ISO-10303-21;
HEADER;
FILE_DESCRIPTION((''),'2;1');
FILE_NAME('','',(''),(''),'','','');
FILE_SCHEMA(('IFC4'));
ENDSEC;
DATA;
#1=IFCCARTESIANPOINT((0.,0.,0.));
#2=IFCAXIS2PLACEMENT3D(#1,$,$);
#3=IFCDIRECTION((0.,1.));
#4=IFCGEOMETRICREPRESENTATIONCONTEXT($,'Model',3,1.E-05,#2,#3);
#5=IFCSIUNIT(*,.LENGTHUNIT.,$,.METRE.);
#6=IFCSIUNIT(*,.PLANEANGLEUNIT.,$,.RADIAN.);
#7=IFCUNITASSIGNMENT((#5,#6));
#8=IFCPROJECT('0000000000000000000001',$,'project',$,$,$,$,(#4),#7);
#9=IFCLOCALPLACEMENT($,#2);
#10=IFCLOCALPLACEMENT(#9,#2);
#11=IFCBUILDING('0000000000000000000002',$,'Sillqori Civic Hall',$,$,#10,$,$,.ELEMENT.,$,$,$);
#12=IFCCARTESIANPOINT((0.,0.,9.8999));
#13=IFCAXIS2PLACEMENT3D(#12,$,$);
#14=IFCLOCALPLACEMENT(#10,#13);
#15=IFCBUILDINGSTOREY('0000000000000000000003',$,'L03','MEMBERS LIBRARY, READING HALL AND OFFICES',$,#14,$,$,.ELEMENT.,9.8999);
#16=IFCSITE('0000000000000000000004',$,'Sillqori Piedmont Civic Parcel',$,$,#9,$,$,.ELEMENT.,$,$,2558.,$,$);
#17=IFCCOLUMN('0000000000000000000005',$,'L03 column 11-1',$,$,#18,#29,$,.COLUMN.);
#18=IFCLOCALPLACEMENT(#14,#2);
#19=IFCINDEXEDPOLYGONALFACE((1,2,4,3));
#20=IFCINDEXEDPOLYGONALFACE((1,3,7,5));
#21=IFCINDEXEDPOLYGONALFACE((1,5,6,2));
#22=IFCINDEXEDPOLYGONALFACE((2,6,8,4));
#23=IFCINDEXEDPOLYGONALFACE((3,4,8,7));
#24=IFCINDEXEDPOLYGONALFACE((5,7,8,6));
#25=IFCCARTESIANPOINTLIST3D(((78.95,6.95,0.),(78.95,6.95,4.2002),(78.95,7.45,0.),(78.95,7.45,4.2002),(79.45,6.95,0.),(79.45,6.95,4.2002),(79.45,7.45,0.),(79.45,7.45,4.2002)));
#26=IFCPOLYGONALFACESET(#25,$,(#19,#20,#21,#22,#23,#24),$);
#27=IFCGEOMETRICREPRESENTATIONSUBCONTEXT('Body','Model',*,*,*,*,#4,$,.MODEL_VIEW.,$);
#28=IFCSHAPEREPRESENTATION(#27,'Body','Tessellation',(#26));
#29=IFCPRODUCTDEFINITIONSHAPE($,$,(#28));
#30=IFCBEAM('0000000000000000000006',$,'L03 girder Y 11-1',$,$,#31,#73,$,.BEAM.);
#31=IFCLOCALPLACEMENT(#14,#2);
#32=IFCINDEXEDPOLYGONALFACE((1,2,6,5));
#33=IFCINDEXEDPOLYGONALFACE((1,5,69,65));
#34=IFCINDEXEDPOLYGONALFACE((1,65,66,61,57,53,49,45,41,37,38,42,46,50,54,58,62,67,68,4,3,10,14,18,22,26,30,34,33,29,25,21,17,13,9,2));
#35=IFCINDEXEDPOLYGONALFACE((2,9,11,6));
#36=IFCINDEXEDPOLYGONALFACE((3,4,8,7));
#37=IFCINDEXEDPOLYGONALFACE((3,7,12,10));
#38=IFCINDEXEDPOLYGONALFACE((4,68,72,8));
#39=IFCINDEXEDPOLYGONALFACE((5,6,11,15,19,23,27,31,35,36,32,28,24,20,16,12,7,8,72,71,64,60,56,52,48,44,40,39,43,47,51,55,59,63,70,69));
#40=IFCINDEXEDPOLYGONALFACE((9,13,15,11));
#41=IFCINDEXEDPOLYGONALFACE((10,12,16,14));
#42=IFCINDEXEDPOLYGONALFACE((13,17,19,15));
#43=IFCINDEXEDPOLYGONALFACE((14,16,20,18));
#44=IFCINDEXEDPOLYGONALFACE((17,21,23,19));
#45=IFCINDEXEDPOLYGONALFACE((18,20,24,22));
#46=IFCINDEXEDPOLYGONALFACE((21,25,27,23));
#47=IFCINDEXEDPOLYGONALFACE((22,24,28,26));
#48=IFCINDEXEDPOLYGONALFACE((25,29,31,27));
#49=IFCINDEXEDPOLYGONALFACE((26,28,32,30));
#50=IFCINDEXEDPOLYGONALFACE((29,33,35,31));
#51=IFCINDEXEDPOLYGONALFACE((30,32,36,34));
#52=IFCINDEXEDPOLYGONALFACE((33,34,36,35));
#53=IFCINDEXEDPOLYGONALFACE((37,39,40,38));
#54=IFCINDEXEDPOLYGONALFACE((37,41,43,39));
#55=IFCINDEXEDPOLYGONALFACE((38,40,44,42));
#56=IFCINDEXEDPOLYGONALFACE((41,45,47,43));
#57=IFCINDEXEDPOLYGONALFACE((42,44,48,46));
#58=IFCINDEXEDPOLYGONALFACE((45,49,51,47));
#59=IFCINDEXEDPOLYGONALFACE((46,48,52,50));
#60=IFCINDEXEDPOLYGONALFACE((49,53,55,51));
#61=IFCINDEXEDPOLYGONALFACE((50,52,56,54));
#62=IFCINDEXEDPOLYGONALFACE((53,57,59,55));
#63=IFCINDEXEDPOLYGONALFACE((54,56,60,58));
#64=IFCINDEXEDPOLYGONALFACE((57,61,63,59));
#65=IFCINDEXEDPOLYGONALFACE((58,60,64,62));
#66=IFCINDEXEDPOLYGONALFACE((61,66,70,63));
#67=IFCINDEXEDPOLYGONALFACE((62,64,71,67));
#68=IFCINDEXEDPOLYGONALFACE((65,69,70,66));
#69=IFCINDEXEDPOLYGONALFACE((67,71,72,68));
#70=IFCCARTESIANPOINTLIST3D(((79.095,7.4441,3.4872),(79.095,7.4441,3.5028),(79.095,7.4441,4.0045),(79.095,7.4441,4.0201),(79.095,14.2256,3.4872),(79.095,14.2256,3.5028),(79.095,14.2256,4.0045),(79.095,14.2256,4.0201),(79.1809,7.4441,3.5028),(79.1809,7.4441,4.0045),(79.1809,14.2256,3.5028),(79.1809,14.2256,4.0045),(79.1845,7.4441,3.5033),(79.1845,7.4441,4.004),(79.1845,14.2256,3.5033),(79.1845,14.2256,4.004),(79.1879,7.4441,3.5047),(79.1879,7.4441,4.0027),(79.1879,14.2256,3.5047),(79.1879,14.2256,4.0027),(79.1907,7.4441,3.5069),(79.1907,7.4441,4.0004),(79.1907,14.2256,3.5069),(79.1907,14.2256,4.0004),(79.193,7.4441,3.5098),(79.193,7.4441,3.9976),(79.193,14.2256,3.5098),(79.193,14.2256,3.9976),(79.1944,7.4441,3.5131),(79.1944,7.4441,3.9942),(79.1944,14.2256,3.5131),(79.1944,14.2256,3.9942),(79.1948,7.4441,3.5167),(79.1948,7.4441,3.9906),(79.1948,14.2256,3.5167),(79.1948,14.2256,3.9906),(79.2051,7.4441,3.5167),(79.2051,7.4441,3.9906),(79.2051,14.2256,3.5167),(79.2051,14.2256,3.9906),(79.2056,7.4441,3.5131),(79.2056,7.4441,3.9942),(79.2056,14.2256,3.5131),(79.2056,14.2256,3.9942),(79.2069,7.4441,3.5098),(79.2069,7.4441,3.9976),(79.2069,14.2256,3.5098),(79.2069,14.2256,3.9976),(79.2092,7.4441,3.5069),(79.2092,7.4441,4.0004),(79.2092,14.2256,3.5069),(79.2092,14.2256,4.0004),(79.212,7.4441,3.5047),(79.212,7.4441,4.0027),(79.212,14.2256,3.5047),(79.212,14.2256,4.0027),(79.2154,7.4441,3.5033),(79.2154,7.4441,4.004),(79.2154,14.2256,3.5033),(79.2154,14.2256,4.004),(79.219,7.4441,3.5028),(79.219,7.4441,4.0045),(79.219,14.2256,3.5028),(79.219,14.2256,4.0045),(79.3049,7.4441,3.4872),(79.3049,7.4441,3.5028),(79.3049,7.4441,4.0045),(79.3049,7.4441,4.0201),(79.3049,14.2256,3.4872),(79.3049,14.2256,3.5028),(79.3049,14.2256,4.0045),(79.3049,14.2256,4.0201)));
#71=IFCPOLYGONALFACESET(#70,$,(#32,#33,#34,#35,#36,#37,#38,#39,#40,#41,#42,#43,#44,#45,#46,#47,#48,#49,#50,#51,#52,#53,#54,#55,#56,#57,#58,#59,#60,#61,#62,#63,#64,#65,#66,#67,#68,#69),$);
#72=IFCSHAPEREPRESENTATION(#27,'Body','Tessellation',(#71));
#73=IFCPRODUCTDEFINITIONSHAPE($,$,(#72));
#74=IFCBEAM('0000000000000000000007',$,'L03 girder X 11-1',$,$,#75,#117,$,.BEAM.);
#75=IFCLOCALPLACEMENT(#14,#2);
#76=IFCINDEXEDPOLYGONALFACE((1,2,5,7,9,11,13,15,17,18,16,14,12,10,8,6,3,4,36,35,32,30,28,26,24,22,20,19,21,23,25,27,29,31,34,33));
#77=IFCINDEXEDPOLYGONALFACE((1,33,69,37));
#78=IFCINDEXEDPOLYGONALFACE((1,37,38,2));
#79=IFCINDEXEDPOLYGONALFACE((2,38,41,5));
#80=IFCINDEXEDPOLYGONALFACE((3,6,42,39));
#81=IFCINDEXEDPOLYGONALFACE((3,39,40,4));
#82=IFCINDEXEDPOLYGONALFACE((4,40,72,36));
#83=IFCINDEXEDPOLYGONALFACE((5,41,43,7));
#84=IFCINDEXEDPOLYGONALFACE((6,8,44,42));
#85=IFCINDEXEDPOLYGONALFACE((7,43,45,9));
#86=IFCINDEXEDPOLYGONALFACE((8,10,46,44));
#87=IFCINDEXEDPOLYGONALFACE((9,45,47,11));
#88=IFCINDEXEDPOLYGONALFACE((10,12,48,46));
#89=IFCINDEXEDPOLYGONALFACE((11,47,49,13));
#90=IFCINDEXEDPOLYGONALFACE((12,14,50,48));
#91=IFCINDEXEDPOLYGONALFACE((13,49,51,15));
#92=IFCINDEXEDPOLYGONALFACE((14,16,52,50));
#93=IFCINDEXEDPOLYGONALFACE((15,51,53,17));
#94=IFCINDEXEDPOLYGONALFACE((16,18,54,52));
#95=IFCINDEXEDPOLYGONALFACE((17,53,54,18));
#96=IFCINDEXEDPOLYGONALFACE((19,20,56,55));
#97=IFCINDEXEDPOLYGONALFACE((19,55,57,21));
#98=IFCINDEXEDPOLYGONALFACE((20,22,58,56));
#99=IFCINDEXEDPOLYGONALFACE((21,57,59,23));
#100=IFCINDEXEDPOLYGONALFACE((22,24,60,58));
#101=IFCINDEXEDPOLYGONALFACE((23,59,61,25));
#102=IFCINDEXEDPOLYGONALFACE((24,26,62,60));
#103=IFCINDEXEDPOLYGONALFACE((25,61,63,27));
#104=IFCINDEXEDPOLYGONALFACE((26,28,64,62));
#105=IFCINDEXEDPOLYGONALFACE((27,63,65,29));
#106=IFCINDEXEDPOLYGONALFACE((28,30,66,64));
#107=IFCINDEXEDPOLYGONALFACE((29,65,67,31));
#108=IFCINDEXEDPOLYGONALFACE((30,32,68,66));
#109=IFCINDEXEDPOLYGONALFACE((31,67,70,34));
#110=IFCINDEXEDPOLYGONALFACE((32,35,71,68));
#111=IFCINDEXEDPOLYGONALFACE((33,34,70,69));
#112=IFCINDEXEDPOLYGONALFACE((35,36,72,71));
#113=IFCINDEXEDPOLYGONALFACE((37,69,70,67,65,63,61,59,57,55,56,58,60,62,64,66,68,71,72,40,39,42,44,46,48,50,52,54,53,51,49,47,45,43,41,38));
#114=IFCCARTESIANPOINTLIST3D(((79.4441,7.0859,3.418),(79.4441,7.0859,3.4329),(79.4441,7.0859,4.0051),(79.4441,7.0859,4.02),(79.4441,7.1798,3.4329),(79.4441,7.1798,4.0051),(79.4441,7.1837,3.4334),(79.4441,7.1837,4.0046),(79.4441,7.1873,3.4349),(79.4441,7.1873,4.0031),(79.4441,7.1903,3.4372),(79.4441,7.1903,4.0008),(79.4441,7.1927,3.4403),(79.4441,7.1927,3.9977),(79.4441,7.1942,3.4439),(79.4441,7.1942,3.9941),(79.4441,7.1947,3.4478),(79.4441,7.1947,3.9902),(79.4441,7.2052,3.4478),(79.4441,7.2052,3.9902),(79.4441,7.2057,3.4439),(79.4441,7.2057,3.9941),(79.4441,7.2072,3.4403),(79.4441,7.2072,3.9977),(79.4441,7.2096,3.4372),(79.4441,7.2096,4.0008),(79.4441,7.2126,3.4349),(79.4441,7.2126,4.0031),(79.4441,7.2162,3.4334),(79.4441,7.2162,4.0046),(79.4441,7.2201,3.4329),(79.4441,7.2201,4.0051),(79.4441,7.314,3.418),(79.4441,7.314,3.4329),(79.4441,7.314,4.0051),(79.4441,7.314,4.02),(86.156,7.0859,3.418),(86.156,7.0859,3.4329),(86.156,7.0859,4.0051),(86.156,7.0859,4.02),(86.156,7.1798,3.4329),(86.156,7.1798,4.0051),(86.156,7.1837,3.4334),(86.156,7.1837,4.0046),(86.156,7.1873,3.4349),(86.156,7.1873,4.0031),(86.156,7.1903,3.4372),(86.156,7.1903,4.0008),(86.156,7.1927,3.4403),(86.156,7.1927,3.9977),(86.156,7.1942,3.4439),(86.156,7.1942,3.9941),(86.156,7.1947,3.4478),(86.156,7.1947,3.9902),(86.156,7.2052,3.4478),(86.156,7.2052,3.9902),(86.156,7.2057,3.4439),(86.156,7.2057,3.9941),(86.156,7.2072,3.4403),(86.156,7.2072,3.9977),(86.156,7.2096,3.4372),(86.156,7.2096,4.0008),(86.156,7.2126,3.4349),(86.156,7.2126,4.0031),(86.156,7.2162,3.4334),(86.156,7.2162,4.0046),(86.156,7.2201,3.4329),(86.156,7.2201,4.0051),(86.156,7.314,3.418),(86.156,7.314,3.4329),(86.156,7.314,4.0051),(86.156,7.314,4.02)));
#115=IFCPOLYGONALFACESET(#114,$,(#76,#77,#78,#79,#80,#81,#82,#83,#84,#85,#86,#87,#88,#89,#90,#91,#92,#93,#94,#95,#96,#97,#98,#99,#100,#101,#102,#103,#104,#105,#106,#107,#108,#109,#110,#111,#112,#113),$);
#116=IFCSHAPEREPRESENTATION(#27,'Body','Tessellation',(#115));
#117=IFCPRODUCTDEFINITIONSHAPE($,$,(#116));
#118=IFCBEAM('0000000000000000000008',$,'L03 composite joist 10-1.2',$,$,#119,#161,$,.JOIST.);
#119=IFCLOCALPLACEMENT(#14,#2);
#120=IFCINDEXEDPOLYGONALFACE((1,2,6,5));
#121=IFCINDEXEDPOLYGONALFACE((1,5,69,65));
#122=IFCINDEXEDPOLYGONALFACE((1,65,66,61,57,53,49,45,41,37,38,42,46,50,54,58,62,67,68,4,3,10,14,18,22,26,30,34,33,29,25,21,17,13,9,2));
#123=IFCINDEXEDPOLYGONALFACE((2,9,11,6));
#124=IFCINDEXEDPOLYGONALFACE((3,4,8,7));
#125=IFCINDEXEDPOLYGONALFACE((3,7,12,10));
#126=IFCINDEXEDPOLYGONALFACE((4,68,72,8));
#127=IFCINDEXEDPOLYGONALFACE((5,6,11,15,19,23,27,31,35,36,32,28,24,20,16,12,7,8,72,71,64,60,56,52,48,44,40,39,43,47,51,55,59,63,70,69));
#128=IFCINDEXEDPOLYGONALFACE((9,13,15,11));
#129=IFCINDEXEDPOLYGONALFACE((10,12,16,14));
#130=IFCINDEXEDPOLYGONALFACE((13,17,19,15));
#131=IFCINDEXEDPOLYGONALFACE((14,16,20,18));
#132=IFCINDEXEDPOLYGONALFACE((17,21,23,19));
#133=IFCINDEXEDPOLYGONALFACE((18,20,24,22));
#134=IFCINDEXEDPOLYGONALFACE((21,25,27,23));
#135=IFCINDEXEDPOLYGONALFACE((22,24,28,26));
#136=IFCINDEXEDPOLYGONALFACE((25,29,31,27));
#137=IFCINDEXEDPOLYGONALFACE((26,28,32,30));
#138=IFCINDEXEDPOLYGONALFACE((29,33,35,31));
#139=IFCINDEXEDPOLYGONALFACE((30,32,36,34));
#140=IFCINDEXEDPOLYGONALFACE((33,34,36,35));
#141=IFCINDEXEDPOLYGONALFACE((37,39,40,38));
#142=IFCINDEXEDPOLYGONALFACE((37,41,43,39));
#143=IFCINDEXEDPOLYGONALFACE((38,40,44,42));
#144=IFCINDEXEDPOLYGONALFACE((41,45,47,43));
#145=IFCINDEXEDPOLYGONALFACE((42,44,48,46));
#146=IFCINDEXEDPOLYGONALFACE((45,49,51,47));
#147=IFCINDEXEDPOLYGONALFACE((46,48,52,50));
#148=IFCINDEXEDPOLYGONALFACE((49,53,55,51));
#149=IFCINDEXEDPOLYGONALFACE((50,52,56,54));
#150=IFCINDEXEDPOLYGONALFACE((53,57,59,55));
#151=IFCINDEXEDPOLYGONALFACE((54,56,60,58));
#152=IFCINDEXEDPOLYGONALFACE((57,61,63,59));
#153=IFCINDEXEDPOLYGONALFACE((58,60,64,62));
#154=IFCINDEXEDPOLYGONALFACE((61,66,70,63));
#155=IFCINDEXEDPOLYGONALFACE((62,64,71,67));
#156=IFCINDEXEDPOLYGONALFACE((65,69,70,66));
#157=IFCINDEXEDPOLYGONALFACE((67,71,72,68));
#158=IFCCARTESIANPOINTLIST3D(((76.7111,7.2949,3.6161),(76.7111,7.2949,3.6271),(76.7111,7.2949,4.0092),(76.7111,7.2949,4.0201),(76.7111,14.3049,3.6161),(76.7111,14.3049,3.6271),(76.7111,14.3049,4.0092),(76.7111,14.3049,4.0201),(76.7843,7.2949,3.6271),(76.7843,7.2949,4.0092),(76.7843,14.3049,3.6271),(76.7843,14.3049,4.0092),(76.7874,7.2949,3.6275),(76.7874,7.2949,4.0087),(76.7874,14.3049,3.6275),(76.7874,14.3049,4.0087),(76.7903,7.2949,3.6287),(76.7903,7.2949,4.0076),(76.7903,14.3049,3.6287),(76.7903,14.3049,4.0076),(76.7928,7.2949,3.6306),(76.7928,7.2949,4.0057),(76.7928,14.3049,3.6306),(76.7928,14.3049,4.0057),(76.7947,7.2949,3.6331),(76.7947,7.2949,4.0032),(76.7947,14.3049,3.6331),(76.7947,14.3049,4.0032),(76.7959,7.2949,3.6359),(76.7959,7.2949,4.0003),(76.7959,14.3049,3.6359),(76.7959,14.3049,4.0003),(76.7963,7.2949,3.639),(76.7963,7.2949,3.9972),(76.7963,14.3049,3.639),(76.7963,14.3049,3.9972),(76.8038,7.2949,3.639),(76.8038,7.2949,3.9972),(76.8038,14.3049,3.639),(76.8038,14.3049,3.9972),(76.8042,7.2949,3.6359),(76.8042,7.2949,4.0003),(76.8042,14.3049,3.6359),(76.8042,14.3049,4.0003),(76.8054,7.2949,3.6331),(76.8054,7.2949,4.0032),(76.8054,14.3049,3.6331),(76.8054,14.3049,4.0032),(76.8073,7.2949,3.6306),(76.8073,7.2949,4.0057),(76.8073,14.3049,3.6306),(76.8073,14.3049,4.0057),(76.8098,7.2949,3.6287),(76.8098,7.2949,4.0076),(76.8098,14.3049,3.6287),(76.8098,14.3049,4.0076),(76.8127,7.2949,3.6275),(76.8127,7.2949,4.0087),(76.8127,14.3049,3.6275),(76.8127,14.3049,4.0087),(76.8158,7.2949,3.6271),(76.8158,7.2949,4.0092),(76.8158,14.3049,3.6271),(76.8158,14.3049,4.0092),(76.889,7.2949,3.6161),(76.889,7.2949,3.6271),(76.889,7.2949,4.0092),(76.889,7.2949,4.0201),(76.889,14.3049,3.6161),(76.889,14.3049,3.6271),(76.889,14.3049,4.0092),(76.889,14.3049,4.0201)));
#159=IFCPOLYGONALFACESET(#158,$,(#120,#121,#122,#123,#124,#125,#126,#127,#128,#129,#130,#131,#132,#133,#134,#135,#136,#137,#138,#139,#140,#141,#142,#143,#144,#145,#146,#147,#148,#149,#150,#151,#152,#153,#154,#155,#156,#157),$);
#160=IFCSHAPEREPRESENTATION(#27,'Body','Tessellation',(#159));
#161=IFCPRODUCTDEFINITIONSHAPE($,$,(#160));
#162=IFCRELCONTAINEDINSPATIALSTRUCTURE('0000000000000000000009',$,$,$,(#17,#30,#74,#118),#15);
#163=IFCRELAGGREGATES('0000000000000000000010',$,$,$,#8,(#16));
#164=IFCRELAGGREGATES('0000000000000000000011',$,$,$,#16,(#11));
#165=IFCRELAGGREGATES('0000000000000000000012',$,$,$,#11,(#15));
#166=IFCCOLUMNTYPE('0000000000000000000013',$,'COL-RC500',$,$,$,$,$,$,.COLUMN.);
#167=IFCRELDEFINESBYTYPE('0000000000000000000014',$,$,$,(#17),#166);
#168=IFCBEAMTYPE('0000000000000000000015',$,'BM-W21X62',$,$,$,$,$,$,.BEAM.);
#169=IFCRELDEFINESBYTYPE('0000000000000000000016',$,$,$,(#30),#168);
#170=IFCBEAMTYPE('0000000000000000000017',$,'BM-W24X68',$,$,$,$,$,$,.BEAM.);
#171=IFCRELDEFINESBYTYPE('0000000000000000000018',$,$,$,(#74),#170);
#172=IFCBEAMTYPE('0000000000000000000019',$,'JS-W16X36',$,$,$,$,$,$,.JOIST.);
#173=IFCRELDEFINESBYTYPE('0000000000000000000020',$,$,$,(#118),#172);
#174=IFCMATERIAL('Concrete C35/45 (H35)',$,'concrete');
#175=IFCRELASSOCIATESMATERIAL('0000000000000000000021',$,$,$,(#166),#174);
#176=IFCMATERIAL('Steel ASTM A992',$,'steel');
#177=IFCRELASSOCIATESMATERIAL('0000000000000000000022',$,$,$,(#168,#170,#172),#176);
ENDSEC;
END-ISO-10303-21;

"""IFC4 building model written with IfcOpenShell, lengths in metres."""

from ifc_helpers import new_model, si_unit, direction, frame, origin, origin_2d, place, context, subcontext, project, spatial, rectangle, i_section, extrude, material, material_profile, profile_set, type_object, element, save


model = new_model("IFC4")

# Units and contexts
model_context = context("Model", 3, precision=1e-05, world=origin(), true_north=direction((0.0, 1.0)))
body_context = subcontext(model_context, "Body", "Model", "MODEL_VIEW")
ifc_project = project(units=[si_unit("LENGTHUNIT", "METRE"), si_unit("PLANEANGLEUNIT", "RADIAN")], contexts=[model_context])

# Site, building, storey
site_placement = place(None, origin())
site = spatial("IfcSite", under=ifc_project, at=site_placement, Name="Sillqori Piedmont Civic Parcel", CompositionType="ELEMENT", RefElevation=2558.0)
building_placement = place(site_placement, origin())
building = spatial("IfcBuilding", under=site, at=building_placement, Name="Sillqori Civic Hall", CompositionType="ELEMENT")
storey_placement = place(building_placement, frame((0.0, 0.0, 9.8999)))
storey = spatial("IfcBuildingStorey", under=building, at=storey_placement, Name="L03", Description="MEMBERS LIBRARY, READING HALL AND OFFICES", CompositionType="ELEMENT", Elevation=9.8999)

# Column
ifc_material_1 = material(Name="Concrete C35/45 (H35)", Category="concrete")
ifc_material_profile_1 = material_profile(ifc_material_1, rectangle(XDim=0.5, YDim=0.5, at=origin_2d()), Name="RC 500x500")
ifc_profile_set_1 = profile_set([ifc_material_profile_1], Name="Concrete C35/45 (H35)")
column_type = type_object("IfcColumnType", Name="COL-RC500", PredefinedType="COLUMN", material=ifc_profile_set_1)
column_placement = place(storey_placement, frame((79.2, 7.2, 0.0), z_axis=(0.0, 0.0, 1.0), x_axis=(1.0, 0.0, 0.0)))
element("IfcColumn", 1, at=column_placement, inside=storey, type_object=column_type, Name="L03 column 11-1", PredefinedType="COLUMN", context=body_context, shape_type="SweptSolid", body=[
    extrude(rectangle(XDim=0.5, YDim=0.5, at=origin_2d()), origin(), (0.0, 0.0, 1.0), 4.2002),
])

# Beams
ifc_material_2 = material(Name="Steel ASTM A992", Category="steel")
ifc_material_profile_2 = material_profile(ifc_material_2, i_section(OverallWidth=0.21, OverallDepth=0.533, WebThickness=0.0103, FlangeThickness=0.0156, FilletRadius=0.0139, at=origin_2d()), Name="W21X62")
ifc_profile_set_2 = profile_set([ifc_material_profile_2], Name="Steel ASTM A992")
beam_type_1 = type_object("IfcBeamType", Name="BM-W21X62", PredefinedType="BEAM", material=ifc_profile_set_2)
beam_1_placement = place(storey_placement, frame((79.2, 7.4441, 3.7537), z_axis=(0.0, 1.0, 0.0), x_axis=(-1.0, 0.0, 0.0)))
element("IfcBeam", 2, at=beam_1_placement, inside=storey, type_object=beam_type_1, Name="L03 girder Y 11-1", PredefinedType="BEAM", context=body_context, shape_type="SweptSolid", body=[
    extrude(i_section(OverallWidth=0.21, OverallDepth=0.533, WebThickness=0.0103, FlangeThickness=0.0156, FilletRadius=0.0139, at=origin_2d()), origin(), (0.0, 0.0, 1.0), 6.7815),
])
ifc_material_profile_3 = material_profile(ifc_material_2, i_section(OverallWidth=0.228, OverallDepth=0.6021, WebThickness=0.0105, FlangeThickness=0.0149, FilletRadius=0.0149, at=origin_2d()), Name="W24X68")
ifc_profile_set_3 = profile_set([ifc_material_profile_3], Name="Steel ASTM A992")
beam_type_2 = type_object("IfcBeamType", Name="BM-W24X68", PredefinedType="BEAM", material=ifc_profile_set_3)
beam_2_placement = place(storey_placement, frame((79.4441, 7.2, 3.719), z_axis=(1.0, 0.0, 0.0), x_axis=(0.0, 1.0, 0.0)))
element("IfcBeam", 3, at=beam_2_placement, inside=storey, type_object=beam_type_2, Name="L03 girder X 11-1", PredefinedType="BEAM", context=body_context, shape_type="SweptSolid", body=[
    extrude(i_section(OverallWidth=0.228, OverallDepth=0.6021, WebThickness=0.0105, FlangeThickness=0.0149, FilletRadius=0.0149, at=origin_2d()), origin(), (0.0, 0.0, 1.0), 6.7119),
])
ifc_material_profile_4 = material_profile(ifc_material_2, i_section(OverallWidth=0.178, OverallDepth=0.4041, WebThickness=0.0076, FlangeThickness=0.011, FilletRadius=0.012, at=origin_2d()), Name="W16X36")
ifc_profile_set_4 = profile_set([ifc_material_profile_4], Name="Steel ASTM A992")
beam_type_3 = type_object("IfcBeamType", Name="JS-W16X36", PredefinedType="JOIST", material=ifc_profile_set_4)
for number, where, z_axis, x_axis, name in (
    (4, (76.8, 7.2949, 3.8181), (0.0, 1.0, 0.0), (-1.0, 0.0, 0.0), "L03 composite joist 10-1.2"),
):
    element("IfcBeam", number, at=place(storey_placement, frame(where, z_axis=z_axis, x_axis=x_axis)), inside=storey, type_object=beam_type_3, Name=name, PredefinedType="JOIST", context=body_context, shape_type="SweptSolid", body=[
        extrude(i_section(OverallWidth=0.178, OverallDepth=0.4041, WebThickness=0.0076, FlangeThickness=0.011, FilletRadius=0.012, at=origin_2d()), origin(), (0.0, 0.0, 1.0), 7.01),
    ])

save(model, "model.ifc")
